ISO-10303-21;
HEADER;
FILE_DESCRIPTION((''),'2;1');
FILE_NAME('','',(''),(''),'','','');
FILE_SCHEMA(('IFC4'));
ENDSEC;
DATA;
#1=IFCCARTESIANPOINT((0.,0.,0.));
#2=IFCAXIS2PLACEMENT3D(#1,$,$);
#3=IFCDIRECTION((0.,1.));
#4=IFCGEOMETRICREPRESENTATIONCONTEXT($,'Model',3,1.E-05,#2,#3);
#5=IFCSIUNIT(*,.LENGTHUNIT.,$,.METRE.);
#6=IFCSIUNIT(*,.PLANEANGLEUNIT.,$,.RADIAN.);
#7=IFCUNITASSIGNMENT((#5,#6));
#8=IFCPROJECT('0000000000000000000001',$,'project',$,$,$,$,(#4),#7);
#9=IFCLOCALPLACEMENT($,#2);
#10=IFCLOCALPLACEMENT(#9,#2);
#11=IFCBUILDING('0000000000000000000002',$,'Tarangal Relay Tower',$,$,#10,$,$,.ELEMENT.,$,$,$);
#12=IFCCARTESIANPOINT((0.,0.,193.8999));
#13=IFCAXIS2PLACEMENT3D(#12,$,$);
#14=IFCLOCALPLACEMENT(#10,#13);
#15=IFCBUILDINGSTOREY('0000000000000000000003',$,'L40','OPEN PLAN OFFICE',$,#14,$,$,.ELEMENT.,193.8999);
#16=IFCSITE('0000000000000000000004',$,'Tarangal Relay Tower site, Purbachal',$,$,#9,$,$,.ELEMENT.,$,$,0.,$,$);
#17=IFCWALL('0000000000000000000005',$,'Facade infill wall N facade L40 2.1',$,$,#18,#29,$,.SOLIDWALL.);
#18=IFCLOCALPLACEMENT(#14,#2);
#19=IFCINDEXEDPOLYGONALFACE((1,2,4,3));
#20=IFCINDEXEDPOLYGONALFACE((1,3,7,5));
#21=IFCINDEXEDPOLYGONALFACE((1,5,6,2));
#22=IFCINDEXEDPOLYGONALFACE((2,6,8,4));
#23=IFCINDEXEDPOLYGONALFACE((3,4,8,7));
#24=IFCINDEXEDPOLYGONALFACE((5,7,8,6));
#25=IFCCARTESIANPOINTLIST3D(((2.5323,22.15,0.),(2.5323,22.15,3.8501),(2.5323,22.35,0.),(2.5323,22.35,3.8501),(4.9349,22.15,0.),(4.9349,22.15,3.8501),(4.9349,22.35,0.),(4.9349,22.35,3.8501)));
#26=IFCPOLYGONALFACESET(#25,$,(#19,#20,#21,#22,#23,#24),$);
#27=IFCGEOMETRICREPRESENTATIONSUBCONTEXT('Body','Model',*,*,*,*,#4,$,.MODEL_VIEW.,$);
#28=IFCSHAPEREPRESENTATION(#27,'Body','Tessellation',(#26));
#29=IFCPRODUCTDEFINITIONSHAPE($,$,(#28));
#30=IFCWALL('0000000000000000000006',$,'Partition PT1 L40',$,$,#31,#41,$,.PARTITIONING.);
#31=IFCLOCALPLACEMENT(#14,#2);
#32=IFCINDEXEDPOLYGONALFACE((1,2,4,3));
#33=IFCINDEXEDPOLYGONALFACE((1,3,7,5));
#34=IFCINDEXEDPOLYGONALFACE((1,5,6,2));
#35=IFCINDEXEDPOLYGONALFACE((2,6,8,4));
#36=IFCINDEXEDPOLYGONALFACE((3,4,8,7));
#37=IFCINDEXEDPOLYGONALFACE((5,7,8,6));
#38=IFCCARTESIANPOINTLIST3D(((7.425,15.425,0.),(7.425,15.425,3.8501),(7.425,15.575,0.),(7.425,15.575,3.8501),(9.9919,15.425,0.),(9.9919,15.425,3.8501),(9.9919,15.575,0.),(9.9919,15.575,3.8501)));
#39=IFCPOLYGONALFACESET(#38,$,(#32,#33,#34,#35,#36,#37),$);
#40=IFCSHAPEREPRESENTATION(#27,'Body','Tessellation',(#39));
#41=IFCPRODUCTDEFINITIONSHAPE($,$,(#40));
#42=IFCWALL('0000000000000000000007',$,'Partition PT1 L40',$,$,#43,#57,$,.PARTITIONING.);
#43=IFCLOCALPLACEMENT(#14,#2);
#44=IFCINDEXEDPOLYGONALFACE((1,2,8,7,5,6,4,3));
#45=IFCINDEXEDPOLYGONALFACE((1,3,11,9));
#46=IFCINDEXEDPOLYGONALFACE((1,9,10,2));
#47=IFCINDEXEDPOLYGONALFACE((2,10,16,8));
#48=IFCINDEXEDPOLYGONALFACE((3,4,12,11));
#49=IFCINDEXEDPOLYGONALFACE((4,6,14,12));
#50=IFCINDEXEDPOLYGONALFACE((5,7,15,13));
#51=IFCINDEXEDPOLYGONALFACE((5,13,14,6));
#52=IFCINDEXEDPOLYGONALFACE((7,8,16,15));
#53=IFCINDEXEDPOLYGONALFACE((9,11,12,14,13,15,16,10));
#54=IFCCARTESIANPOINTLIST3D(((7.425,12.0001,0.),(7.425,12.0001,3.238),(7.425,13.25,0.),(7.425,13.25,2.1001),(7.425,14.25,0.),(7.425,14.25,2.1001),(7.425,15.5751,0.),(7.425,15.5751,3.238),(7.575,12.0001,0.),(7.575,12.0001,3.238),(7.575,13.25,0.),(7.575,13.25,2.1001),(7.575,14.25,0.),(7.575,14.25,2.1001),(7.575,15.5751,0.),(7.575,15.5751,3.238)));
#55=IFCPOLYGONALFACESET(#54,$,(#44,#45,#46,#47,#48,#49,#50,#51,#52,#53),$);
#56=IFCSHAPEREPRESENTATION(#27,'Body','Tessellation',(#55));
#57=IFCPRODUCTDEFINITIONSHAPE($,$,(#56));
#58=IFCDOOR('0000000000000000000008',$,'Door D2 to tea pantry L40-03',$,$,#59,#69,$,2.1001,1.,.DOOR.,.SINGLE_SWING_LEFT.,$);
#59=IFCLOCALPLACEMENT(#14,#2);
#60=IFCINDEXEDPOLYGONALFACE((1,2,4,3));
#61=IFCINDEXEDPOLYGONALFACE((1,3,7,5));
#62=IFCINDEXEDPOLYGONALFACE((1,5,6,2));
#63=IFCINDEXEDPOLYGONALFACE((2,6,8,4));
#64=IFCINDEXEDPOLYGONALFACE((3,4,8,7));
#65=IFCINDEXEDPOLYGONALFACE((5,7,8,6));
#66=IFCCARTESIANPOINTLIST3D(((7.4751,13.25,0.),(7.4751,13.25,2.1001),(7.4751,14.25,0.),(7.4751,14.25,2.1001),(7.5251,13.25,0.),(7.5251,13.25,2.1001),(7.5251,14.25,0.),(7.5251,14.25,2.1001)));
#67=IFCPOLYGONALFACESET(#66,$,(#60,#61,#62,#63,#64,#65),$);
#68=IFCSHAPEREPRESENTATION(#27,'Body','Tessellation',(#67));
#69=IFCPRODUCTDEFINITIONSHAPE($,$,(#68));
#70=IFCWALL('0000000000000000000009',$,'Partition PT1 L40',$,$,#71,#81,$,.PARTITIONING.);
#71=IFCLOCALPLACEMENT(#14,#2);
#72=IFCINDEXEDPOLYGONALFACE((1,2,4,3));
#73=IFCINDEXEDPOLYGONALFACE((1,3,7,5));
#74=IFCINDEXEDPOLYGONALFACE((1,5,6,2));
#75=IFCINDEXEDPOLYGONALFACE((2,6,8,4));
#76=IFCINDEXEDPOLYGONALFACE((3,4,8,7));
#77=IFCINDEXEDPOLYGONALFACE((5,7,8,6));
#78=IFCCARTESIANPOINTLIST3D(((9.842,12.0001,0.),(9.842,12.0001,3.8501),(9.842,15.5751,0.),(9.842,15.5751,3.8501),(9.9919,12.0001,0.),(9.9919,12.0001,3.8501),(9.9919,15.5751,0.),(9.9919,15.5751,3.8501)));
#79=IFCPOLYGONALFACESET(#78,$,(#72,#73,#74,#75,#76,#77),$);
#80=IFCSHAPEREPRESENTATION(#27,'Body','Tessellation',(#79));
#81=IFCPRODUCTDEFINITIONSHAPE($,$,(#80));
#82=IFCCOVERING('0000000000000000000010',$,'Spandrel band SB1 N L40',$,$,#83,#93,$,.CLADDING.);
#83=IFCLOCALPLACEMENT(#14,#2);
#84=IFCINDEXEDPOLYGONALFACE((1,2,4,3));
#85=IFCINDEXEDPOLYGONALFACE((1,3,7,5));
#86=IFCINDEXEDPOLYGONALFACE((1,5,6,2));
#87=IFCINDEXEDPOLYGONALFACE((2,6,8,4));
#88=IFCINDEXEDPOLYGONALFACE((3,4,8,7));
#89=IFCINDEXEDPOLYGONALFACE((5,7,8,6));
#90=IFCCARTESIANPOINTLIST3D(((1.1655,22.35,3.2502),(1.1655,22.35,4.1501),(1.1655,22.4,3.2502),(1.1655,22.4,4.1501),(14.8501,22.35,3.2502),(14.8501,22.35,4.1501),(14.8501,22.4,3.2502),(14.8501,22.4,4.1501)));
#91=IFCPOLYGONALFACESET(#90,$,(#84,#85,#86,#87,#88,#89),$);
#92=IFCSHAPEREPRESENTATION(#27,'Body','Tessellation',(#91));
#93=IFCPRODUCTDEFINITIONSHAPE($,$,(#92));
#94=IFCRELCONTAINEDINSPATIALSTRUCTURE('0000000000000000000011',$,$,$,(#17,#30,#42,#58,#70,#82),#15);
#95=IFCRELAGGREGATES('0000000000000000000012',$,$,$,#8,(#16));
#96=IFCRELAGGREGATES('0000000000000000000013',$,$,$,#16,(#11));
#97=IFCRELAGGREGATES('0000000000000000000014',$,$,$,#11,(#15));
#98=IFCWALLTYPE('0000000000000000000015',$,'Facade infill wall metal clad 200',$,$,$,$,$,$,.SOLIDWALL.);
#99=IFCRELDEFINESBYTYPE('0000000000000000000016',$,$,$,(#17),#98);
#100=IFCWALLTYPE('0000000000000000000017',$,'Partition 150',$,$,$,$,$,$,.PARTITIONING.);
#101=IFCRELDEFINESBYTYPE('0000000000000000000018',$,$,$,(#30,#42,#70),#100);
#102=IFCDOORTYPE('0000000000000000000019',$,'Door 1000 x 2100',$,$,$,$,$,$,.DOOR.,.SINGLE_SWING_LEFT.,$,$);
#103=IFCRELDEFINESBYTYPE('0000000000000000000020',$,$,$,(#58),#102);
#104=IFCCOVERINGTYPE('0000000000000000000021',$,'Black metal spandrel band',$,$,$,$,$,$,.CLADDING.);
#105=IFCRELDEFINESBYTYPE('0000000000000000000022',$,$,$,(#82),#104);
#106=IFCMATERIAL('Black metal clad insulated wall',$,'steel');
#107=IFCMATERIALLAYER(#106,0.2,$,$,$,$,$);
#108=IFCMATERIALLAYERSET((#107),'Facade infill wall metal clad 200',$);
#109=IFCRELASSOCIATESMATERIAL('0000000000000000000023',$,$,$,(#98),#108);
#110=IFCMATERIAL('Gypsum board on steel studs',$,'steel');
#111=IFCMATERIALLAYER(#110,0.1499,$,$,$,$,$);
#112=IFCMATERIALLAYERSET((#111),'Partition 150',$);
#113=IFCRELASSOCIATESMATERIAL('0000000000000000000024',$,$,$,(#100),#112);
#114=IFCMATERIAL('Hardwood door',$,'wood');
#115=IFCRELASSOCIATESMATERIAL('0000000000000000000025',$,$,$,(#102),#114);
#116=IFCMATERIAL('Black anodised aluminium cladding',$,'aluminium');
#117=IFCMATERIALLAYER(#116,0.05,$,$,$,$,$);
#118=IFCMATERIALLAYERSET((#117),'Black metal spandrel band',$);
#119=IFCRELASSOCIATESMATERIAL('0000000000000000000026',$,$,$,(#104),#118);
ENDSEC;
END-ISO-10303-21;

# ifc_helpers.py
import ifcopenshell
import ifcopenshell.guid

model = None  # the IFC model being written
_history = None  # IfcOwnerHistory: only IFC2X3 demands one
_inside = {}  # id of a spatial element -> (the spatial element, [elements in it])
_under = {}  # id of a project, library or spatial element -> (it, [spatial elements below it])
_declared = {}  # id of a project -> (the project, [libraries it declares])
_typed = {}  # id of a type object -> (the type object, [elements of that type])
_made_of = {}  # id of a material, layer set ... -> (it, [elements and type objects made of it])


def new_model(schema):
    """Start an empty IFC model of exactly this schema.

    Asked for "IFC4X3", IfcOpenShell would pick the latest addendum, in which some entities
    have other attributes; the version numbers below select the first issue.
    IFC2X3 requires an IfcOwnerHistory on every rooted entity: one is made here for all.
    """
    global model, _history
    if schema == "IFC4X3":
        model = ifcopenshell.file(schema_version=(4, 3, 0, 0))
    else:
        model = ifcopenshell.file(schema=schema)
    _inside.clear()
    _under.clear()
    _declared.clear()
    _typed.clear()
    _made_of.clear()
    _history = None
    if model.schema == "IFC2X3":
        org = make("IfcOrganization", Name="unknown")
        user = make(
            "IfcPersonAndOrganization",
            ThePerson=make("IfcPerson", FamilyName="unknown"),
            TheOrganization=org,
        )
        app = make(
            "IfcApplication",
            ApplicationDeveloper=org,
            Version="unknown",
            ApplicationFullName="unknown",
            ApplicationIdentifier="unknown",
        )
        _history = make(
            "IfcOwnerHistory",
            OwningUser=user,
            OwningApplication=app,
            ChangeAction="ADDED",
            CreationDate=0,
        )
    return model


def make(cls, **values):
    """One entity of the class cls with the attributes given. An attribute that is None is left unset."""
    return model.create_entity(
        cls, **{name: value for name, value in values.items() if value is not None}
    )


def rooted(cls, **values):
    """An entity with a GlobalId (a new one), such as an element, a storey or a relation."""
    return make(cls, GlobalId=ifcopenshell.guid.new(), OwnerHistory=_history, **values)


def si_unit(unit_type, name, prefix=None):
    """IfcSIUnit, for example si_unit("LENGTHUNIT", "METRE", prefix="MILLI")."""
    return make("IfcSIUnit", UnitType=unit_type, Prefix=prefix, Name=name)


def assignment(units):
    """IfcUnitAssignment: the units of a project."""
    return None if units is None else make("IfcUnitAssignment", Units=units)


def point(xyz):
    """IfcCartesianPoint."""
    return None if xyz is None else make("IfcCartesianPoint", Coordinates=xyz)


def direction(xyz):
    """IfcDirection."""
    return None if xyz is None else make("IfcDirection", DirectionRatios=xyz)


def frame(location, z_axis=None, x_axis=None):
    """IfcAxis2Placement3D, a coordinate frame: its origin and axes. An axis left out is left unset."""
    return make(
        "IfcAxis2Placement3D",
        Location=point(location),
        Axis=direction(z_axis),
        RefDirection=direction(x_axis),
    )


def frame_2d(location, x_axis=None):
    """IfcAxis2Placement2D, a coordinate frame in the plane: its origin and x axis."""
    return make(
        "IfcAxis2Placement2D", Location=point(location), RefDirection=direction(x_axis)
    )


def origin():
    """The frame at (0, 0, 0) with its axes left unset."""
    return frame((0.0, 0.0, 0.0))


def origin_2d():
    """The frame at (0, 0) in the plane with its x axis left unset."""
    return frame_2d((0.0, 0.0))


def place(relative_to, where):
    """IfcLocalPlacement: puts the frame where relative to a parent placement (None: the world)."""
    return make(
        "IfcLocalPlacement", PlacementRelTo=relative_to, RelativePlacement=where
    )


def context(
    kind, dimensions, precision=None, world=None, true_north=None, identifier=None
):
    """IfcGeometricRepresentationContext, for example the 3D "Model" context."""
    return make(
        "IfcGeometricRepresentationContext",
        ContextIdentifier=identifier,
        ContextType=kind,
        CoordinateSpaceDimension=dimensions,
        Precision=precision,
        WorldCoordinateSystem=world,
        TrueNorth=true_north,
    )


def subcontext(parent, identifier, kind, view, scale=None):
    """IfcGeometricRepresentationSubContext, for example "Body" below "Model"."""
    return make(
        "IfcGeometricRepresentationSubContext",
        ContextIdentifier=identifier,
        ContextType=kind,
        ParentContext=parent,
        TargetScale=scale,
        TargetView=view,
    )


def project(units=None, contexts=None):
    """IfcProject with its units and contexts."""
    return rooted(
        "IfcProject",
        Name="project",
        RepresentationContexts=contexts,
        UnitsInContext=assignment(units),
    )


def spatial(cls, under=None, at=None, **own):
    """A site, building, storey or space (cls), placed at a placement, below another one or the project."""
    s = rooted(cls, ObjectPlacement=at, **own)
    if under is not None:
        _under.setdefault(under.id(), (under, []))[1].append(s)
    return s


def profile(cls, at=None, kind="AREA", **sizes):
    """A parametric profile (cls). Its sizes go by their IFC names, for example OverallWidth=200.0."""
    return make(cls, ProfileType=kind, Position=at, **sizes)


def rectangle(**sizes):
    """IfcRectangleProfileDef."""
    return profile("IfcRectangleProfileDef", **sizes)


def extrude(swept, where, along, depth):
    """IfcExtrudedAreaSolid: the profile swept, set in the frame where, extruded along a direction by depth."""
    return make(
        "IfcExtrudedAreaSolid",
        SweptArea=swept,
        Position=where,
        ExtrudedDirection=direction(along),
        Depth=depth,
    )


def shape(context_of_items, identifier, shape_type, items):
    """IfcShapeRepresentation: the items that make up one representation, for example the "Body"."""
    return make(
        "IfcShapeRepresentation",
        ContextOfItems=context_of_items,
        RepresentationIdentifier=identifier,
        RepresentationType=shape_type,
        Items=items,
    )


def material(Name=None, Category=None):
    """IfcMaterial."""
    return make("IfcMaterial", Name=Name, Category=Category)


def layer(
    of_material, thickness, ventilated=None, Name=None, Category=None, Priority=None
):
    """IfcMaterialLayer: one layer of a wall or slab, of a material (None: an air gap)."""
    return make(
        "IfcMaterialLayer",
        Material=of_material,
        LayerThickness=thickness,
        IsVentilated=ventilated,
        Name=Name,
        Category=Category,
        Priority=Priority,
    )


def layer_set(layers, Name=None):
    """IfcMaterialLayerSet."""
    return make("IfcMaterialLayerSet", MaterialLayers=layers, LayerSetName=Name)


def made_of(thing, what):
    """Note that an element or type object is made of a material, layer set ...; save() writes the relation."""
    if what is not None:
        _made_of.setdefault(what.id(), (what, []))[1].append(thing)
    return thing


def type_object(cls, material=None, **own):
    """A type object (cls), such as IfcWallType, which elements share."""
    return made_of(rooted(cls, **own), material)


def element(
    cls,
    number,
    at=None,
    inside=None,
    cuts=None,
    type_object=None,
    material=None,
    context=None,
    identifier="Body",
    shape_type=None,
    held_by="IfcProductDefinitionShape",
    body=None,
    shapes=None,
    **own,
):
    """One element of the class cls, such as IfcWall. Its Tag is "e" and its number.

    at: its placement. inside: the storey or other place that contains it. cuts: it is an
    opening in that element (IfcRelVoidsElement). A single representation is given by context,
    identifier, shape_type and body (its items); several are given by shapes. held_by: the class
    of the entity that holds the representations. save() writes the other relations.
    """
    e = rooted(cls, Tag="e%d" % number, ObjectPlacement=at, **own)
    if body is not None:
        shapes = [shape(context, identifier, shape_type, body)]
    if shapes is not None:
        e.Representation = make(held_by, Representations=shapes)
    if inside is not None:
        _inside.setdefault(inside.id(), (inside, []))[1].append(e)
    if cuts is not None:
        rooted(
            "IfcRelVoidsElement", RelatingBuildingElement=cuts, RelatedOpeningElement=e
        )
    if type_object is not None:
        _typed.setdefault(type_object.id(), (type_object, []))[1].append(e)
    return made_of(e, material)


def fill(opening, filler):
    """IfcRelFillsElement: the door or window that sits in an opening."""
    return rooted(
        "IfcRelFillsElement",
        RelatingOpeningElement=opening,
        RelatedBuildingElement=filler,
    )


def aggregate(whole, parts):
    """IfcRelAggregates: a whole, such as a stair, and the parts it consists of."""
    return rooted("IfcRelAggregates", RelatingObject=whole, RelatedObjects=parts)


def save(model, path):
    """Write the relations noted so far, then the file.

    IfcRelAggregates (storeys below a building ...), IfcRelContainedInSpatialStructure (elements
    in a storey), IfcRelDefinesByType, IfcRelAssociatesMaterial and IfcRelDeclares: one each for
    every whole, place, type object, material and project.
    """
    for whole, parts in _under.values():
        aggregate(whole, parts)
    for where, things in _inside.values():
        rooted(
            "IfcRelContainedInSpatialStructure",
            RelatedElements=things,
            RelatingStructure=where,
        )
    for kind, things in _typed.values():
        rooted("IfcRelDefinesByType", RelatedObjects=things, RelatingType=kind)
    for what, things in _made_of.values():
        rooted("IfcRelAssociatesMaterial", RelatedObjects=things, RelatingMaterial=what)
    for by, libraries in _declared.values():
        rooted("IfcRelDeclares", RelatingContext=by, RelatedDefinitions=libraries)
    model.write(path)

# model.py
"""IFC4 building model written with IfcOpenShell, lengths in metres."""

from ifc_helpers import new_model, si_unit, direction, frame, frame_2d, origin, origin_2d, place, context, subcontext, project, spatial, rectangle, extrude, material, layer, layer_set, type_object, element, fill, save


model = new_model("IFC4")

# Units and contexts
model_context = context("Model", 3, precision=1e-05, world=origin(), true_north=direction((0.0, 1.0)))
body_context = subcontext(model_context, "Body", "Model", "MODEL_VIEW")
ifc_project = project(units=[si_unit("LENGTHUNIT", "METRE"), si_unit("PLANEANGLEUNIT", "RADIAN")], contexts=[model_context])

# Site, building, storey
site_placement = place(None, origin())
site = spatial("IfcSite", under=ifc_project, at=site_placement, Name="Tarangal Relay Tower site, Purbachal", CompositionType="ELEMENT", RefElevation=0.0)
building_placement = place(site_placement, origin())
building = spatial("IfcBuilding", under=site, at=building_placement, Name="Tarangal Relay Tower", CompositionType="ELEMENT")
storey_placement = place(building_placement, frame((0.0, 0.0, 193.8999)))
storey = spatial("IfcBuildingStorey", under=building, at=storey_placement, Name="L40", Description="OPEN PLAN OFFICE", CompositionType="ELEMENT", Elevation=193.8999)

# Walls
ifc_material_1 = material(Name="Black metal clad insulated wall", Category="steel")
ifc_layer_1 = layer(ifc_material_1, 0.2)
ifc_layer_set_1 = layer_set([ifc_layer_1], Name="Facade infill wall metal clad 200")
wall_type_1 = type_object("IfcWallType", Name="Facade infill wall metal clad 200", PredefinedType="SOLIDWALL", material=ifc_layer_set_1)
for number, where, z_axis, x_axis, name in (
    (1, (2.5325, 22.25, 0.0), (0.0, 0.0, 1.0), (1.0, 0.0, 0.0), "Facade infill wall N facade L40 2.1"),
):
    element("IfcWall", number, at=place(storey_placement, frame(where, z_axis=z_axis, x_axis=x_axis)), inside=storey, type_object=wall_type_1, Name=name, PredefinedType="SOLIDWALL", context=body_context, shape_type="SweptSolid", body=[
        extrude(rectangle(XDim=2.4026, YDim=0.2, at=frame_2d((1.2012, 0.0))), origin(), (0.0, 0.0, 1.0), 3.8501),
    ])
ifc_material_2 = material(Name="Gypsum board on steel studs", Category="steel")
ifc_layer_2 = layer(ifc_material_2, 0.1499)
ifc_layer_set_2 = layer_set([ifc_layer_2], Name="Partition 150")
wall_type_2 = type_object("IfcWallType", Name="Partition 150", PredefinedType="PARTITIONING", material=ifc_layer_set_2)
wall_1_placement = place(storey_placement, frame((7.425, 15.5, 0.0), z_axis=(0.0, 0.0, 1.0), x_axis=(1.0, 0.0, 0.0)))
element("IfcWall", 2, at=wall_1_placement, inside=storey, type_object=wall_type_2, Name="Partition PT1 L40", PredefinedType="PARTITIONING", context=body_context, shape_type="SweptSolid", body=[
    extrude(rectangle(XDim=2.5669, YDim=0.1499, at=frame_2d((1.2834, 0.0))), origin(), (0.0, 0.0, 1.0), 3.8501),
])

# Wall, opening, door
wall_2_placement = place(storey_placement, frame((7.5, 12.0, 0.0), z_axis=(0.0, 0.0, 1.0), x_axis=(0.0, 1.0, 0.0)))
wall_2 = element("IfcWall", 3, at=wall_2_placement, inside=storey, type_object=wall_type_2, Name="Partition PT1 L40", PredefinedType="PARTITIONING", context=body_context, shape_type="SweptSolid", body=[
    extrude(rectangle(XDim=3.575, YDim=0.1499, at=frame_2d((1.7876, 0.0))), origin(), (0.0, 0.0, 1.0), 3.238),
])
opening_1_placement = place(wall_2_placement, frame((1.25, 0.0, 0.0)))
opening_1 = element("IfcOpeningElement", 4, at=opening_1_placement, cuts=wall_2, PredefinedType="OPENING", context=body_context, shape_type="SweptSolid", body=[
    extrude(rectangle(XDim=1.0, YDim=2.1001, at=frame_2d((0.5, 1.05))), frame((0.0, 0.085, 0.0), z_axis=(0.0, -1.0, 0.0), x_axis=(1.0, 0.0, 0.0)), (0.0, 0.0, 1.0), 0.1699),
])
ifc_material_3 = material(Name="Hardwood door", Category="wood")
door_type_1 = type_object("IfcDoorType", Name="Door 1000 x 2100", OperationType="SINGLE_SWING_LEFT", PredefinedType="DOOR", material=ifc_material_3)
door_1_placement = place(opening_1_placement, origin())
door_1 = element("IfcDoor", 5, at=door_1_placement, inside=storey, type_object=door_type_1, Name="Door D2 to tea pantry L40-03", OperationType="SINGLE_SWING_LEFT", OverallHeight=2.1001, OverallWidth=1.0, PredefinedType="DOOR", context=body_context, shape_type="SweptSolid", body=[
    extrude(rectangle(XDim=1.0, YDim=2.1001, at=frame_2d((0.5, 1.05))), frame((0.0, 0.0249, 0.0), z_axis=(0.0, -1.0, 0.0), x_axis=(1.0, 0.0, 0.0)), (0.0, 0.0, 1.0), 0.05),
])
fill(opening_1, door_1)

# Wall
wall_3_placement = place(storey_placement, frame((9.917, 12.0, 0.0), z_axis=(0.0, 0.0, 1.0), x_axis=(0.0, 1.0, 0.0)))
element("IfcWall", 6, at=wall_3_placement, inside=storey, type_object=wall_type_2, Name="Partition PT1 L40", PredefinedType="PARTITIONING", context=body_context, shape_type="SweptSolid", body=[
    extrude(rectangle(XDim=3.575, YDim=0.1499, at=frame_2d((1.7876, 0.0))), origin(), (0.0, 0.0, 1.0), 3.8501),
])

# Covering
ifc_material_4 = material(Name="Black anodised aluminium cladding", Category="aluminium")
ifc_layer_3 = layer(ifc_material_4, 0.05)
ifc_layer_set_3 = layer_set([ifc_layer_3], Name="Black metal spandrel band")
covering_type = type_object("IfcCoveringType", Name="Black metal spandrel band", PredefinedType="CLADDING", material=ifc_layer_set_3)
covering_placement = place(storey_placement, frame((8.0078, 22.375, 3.2502), z_axis=(0.0, 0.0, 1.0), x_axis=(1.0, 0.0, 0.0)))
element("IfcCovering", 7, at=covering_placement, inside=storey, type_object=covering_type, Name="Spandrel band SB1 N L40", PredefinedType="CLADDING", context=body_context, shape_type="SweptSolid", body=[
    extrude(rectangle(XDim=13.6846, YDim=0.05, at=origin_2d()), origin(), (0.0, 0.0, 1.0), 0.8999),
])

save(model, "model.ifc")
